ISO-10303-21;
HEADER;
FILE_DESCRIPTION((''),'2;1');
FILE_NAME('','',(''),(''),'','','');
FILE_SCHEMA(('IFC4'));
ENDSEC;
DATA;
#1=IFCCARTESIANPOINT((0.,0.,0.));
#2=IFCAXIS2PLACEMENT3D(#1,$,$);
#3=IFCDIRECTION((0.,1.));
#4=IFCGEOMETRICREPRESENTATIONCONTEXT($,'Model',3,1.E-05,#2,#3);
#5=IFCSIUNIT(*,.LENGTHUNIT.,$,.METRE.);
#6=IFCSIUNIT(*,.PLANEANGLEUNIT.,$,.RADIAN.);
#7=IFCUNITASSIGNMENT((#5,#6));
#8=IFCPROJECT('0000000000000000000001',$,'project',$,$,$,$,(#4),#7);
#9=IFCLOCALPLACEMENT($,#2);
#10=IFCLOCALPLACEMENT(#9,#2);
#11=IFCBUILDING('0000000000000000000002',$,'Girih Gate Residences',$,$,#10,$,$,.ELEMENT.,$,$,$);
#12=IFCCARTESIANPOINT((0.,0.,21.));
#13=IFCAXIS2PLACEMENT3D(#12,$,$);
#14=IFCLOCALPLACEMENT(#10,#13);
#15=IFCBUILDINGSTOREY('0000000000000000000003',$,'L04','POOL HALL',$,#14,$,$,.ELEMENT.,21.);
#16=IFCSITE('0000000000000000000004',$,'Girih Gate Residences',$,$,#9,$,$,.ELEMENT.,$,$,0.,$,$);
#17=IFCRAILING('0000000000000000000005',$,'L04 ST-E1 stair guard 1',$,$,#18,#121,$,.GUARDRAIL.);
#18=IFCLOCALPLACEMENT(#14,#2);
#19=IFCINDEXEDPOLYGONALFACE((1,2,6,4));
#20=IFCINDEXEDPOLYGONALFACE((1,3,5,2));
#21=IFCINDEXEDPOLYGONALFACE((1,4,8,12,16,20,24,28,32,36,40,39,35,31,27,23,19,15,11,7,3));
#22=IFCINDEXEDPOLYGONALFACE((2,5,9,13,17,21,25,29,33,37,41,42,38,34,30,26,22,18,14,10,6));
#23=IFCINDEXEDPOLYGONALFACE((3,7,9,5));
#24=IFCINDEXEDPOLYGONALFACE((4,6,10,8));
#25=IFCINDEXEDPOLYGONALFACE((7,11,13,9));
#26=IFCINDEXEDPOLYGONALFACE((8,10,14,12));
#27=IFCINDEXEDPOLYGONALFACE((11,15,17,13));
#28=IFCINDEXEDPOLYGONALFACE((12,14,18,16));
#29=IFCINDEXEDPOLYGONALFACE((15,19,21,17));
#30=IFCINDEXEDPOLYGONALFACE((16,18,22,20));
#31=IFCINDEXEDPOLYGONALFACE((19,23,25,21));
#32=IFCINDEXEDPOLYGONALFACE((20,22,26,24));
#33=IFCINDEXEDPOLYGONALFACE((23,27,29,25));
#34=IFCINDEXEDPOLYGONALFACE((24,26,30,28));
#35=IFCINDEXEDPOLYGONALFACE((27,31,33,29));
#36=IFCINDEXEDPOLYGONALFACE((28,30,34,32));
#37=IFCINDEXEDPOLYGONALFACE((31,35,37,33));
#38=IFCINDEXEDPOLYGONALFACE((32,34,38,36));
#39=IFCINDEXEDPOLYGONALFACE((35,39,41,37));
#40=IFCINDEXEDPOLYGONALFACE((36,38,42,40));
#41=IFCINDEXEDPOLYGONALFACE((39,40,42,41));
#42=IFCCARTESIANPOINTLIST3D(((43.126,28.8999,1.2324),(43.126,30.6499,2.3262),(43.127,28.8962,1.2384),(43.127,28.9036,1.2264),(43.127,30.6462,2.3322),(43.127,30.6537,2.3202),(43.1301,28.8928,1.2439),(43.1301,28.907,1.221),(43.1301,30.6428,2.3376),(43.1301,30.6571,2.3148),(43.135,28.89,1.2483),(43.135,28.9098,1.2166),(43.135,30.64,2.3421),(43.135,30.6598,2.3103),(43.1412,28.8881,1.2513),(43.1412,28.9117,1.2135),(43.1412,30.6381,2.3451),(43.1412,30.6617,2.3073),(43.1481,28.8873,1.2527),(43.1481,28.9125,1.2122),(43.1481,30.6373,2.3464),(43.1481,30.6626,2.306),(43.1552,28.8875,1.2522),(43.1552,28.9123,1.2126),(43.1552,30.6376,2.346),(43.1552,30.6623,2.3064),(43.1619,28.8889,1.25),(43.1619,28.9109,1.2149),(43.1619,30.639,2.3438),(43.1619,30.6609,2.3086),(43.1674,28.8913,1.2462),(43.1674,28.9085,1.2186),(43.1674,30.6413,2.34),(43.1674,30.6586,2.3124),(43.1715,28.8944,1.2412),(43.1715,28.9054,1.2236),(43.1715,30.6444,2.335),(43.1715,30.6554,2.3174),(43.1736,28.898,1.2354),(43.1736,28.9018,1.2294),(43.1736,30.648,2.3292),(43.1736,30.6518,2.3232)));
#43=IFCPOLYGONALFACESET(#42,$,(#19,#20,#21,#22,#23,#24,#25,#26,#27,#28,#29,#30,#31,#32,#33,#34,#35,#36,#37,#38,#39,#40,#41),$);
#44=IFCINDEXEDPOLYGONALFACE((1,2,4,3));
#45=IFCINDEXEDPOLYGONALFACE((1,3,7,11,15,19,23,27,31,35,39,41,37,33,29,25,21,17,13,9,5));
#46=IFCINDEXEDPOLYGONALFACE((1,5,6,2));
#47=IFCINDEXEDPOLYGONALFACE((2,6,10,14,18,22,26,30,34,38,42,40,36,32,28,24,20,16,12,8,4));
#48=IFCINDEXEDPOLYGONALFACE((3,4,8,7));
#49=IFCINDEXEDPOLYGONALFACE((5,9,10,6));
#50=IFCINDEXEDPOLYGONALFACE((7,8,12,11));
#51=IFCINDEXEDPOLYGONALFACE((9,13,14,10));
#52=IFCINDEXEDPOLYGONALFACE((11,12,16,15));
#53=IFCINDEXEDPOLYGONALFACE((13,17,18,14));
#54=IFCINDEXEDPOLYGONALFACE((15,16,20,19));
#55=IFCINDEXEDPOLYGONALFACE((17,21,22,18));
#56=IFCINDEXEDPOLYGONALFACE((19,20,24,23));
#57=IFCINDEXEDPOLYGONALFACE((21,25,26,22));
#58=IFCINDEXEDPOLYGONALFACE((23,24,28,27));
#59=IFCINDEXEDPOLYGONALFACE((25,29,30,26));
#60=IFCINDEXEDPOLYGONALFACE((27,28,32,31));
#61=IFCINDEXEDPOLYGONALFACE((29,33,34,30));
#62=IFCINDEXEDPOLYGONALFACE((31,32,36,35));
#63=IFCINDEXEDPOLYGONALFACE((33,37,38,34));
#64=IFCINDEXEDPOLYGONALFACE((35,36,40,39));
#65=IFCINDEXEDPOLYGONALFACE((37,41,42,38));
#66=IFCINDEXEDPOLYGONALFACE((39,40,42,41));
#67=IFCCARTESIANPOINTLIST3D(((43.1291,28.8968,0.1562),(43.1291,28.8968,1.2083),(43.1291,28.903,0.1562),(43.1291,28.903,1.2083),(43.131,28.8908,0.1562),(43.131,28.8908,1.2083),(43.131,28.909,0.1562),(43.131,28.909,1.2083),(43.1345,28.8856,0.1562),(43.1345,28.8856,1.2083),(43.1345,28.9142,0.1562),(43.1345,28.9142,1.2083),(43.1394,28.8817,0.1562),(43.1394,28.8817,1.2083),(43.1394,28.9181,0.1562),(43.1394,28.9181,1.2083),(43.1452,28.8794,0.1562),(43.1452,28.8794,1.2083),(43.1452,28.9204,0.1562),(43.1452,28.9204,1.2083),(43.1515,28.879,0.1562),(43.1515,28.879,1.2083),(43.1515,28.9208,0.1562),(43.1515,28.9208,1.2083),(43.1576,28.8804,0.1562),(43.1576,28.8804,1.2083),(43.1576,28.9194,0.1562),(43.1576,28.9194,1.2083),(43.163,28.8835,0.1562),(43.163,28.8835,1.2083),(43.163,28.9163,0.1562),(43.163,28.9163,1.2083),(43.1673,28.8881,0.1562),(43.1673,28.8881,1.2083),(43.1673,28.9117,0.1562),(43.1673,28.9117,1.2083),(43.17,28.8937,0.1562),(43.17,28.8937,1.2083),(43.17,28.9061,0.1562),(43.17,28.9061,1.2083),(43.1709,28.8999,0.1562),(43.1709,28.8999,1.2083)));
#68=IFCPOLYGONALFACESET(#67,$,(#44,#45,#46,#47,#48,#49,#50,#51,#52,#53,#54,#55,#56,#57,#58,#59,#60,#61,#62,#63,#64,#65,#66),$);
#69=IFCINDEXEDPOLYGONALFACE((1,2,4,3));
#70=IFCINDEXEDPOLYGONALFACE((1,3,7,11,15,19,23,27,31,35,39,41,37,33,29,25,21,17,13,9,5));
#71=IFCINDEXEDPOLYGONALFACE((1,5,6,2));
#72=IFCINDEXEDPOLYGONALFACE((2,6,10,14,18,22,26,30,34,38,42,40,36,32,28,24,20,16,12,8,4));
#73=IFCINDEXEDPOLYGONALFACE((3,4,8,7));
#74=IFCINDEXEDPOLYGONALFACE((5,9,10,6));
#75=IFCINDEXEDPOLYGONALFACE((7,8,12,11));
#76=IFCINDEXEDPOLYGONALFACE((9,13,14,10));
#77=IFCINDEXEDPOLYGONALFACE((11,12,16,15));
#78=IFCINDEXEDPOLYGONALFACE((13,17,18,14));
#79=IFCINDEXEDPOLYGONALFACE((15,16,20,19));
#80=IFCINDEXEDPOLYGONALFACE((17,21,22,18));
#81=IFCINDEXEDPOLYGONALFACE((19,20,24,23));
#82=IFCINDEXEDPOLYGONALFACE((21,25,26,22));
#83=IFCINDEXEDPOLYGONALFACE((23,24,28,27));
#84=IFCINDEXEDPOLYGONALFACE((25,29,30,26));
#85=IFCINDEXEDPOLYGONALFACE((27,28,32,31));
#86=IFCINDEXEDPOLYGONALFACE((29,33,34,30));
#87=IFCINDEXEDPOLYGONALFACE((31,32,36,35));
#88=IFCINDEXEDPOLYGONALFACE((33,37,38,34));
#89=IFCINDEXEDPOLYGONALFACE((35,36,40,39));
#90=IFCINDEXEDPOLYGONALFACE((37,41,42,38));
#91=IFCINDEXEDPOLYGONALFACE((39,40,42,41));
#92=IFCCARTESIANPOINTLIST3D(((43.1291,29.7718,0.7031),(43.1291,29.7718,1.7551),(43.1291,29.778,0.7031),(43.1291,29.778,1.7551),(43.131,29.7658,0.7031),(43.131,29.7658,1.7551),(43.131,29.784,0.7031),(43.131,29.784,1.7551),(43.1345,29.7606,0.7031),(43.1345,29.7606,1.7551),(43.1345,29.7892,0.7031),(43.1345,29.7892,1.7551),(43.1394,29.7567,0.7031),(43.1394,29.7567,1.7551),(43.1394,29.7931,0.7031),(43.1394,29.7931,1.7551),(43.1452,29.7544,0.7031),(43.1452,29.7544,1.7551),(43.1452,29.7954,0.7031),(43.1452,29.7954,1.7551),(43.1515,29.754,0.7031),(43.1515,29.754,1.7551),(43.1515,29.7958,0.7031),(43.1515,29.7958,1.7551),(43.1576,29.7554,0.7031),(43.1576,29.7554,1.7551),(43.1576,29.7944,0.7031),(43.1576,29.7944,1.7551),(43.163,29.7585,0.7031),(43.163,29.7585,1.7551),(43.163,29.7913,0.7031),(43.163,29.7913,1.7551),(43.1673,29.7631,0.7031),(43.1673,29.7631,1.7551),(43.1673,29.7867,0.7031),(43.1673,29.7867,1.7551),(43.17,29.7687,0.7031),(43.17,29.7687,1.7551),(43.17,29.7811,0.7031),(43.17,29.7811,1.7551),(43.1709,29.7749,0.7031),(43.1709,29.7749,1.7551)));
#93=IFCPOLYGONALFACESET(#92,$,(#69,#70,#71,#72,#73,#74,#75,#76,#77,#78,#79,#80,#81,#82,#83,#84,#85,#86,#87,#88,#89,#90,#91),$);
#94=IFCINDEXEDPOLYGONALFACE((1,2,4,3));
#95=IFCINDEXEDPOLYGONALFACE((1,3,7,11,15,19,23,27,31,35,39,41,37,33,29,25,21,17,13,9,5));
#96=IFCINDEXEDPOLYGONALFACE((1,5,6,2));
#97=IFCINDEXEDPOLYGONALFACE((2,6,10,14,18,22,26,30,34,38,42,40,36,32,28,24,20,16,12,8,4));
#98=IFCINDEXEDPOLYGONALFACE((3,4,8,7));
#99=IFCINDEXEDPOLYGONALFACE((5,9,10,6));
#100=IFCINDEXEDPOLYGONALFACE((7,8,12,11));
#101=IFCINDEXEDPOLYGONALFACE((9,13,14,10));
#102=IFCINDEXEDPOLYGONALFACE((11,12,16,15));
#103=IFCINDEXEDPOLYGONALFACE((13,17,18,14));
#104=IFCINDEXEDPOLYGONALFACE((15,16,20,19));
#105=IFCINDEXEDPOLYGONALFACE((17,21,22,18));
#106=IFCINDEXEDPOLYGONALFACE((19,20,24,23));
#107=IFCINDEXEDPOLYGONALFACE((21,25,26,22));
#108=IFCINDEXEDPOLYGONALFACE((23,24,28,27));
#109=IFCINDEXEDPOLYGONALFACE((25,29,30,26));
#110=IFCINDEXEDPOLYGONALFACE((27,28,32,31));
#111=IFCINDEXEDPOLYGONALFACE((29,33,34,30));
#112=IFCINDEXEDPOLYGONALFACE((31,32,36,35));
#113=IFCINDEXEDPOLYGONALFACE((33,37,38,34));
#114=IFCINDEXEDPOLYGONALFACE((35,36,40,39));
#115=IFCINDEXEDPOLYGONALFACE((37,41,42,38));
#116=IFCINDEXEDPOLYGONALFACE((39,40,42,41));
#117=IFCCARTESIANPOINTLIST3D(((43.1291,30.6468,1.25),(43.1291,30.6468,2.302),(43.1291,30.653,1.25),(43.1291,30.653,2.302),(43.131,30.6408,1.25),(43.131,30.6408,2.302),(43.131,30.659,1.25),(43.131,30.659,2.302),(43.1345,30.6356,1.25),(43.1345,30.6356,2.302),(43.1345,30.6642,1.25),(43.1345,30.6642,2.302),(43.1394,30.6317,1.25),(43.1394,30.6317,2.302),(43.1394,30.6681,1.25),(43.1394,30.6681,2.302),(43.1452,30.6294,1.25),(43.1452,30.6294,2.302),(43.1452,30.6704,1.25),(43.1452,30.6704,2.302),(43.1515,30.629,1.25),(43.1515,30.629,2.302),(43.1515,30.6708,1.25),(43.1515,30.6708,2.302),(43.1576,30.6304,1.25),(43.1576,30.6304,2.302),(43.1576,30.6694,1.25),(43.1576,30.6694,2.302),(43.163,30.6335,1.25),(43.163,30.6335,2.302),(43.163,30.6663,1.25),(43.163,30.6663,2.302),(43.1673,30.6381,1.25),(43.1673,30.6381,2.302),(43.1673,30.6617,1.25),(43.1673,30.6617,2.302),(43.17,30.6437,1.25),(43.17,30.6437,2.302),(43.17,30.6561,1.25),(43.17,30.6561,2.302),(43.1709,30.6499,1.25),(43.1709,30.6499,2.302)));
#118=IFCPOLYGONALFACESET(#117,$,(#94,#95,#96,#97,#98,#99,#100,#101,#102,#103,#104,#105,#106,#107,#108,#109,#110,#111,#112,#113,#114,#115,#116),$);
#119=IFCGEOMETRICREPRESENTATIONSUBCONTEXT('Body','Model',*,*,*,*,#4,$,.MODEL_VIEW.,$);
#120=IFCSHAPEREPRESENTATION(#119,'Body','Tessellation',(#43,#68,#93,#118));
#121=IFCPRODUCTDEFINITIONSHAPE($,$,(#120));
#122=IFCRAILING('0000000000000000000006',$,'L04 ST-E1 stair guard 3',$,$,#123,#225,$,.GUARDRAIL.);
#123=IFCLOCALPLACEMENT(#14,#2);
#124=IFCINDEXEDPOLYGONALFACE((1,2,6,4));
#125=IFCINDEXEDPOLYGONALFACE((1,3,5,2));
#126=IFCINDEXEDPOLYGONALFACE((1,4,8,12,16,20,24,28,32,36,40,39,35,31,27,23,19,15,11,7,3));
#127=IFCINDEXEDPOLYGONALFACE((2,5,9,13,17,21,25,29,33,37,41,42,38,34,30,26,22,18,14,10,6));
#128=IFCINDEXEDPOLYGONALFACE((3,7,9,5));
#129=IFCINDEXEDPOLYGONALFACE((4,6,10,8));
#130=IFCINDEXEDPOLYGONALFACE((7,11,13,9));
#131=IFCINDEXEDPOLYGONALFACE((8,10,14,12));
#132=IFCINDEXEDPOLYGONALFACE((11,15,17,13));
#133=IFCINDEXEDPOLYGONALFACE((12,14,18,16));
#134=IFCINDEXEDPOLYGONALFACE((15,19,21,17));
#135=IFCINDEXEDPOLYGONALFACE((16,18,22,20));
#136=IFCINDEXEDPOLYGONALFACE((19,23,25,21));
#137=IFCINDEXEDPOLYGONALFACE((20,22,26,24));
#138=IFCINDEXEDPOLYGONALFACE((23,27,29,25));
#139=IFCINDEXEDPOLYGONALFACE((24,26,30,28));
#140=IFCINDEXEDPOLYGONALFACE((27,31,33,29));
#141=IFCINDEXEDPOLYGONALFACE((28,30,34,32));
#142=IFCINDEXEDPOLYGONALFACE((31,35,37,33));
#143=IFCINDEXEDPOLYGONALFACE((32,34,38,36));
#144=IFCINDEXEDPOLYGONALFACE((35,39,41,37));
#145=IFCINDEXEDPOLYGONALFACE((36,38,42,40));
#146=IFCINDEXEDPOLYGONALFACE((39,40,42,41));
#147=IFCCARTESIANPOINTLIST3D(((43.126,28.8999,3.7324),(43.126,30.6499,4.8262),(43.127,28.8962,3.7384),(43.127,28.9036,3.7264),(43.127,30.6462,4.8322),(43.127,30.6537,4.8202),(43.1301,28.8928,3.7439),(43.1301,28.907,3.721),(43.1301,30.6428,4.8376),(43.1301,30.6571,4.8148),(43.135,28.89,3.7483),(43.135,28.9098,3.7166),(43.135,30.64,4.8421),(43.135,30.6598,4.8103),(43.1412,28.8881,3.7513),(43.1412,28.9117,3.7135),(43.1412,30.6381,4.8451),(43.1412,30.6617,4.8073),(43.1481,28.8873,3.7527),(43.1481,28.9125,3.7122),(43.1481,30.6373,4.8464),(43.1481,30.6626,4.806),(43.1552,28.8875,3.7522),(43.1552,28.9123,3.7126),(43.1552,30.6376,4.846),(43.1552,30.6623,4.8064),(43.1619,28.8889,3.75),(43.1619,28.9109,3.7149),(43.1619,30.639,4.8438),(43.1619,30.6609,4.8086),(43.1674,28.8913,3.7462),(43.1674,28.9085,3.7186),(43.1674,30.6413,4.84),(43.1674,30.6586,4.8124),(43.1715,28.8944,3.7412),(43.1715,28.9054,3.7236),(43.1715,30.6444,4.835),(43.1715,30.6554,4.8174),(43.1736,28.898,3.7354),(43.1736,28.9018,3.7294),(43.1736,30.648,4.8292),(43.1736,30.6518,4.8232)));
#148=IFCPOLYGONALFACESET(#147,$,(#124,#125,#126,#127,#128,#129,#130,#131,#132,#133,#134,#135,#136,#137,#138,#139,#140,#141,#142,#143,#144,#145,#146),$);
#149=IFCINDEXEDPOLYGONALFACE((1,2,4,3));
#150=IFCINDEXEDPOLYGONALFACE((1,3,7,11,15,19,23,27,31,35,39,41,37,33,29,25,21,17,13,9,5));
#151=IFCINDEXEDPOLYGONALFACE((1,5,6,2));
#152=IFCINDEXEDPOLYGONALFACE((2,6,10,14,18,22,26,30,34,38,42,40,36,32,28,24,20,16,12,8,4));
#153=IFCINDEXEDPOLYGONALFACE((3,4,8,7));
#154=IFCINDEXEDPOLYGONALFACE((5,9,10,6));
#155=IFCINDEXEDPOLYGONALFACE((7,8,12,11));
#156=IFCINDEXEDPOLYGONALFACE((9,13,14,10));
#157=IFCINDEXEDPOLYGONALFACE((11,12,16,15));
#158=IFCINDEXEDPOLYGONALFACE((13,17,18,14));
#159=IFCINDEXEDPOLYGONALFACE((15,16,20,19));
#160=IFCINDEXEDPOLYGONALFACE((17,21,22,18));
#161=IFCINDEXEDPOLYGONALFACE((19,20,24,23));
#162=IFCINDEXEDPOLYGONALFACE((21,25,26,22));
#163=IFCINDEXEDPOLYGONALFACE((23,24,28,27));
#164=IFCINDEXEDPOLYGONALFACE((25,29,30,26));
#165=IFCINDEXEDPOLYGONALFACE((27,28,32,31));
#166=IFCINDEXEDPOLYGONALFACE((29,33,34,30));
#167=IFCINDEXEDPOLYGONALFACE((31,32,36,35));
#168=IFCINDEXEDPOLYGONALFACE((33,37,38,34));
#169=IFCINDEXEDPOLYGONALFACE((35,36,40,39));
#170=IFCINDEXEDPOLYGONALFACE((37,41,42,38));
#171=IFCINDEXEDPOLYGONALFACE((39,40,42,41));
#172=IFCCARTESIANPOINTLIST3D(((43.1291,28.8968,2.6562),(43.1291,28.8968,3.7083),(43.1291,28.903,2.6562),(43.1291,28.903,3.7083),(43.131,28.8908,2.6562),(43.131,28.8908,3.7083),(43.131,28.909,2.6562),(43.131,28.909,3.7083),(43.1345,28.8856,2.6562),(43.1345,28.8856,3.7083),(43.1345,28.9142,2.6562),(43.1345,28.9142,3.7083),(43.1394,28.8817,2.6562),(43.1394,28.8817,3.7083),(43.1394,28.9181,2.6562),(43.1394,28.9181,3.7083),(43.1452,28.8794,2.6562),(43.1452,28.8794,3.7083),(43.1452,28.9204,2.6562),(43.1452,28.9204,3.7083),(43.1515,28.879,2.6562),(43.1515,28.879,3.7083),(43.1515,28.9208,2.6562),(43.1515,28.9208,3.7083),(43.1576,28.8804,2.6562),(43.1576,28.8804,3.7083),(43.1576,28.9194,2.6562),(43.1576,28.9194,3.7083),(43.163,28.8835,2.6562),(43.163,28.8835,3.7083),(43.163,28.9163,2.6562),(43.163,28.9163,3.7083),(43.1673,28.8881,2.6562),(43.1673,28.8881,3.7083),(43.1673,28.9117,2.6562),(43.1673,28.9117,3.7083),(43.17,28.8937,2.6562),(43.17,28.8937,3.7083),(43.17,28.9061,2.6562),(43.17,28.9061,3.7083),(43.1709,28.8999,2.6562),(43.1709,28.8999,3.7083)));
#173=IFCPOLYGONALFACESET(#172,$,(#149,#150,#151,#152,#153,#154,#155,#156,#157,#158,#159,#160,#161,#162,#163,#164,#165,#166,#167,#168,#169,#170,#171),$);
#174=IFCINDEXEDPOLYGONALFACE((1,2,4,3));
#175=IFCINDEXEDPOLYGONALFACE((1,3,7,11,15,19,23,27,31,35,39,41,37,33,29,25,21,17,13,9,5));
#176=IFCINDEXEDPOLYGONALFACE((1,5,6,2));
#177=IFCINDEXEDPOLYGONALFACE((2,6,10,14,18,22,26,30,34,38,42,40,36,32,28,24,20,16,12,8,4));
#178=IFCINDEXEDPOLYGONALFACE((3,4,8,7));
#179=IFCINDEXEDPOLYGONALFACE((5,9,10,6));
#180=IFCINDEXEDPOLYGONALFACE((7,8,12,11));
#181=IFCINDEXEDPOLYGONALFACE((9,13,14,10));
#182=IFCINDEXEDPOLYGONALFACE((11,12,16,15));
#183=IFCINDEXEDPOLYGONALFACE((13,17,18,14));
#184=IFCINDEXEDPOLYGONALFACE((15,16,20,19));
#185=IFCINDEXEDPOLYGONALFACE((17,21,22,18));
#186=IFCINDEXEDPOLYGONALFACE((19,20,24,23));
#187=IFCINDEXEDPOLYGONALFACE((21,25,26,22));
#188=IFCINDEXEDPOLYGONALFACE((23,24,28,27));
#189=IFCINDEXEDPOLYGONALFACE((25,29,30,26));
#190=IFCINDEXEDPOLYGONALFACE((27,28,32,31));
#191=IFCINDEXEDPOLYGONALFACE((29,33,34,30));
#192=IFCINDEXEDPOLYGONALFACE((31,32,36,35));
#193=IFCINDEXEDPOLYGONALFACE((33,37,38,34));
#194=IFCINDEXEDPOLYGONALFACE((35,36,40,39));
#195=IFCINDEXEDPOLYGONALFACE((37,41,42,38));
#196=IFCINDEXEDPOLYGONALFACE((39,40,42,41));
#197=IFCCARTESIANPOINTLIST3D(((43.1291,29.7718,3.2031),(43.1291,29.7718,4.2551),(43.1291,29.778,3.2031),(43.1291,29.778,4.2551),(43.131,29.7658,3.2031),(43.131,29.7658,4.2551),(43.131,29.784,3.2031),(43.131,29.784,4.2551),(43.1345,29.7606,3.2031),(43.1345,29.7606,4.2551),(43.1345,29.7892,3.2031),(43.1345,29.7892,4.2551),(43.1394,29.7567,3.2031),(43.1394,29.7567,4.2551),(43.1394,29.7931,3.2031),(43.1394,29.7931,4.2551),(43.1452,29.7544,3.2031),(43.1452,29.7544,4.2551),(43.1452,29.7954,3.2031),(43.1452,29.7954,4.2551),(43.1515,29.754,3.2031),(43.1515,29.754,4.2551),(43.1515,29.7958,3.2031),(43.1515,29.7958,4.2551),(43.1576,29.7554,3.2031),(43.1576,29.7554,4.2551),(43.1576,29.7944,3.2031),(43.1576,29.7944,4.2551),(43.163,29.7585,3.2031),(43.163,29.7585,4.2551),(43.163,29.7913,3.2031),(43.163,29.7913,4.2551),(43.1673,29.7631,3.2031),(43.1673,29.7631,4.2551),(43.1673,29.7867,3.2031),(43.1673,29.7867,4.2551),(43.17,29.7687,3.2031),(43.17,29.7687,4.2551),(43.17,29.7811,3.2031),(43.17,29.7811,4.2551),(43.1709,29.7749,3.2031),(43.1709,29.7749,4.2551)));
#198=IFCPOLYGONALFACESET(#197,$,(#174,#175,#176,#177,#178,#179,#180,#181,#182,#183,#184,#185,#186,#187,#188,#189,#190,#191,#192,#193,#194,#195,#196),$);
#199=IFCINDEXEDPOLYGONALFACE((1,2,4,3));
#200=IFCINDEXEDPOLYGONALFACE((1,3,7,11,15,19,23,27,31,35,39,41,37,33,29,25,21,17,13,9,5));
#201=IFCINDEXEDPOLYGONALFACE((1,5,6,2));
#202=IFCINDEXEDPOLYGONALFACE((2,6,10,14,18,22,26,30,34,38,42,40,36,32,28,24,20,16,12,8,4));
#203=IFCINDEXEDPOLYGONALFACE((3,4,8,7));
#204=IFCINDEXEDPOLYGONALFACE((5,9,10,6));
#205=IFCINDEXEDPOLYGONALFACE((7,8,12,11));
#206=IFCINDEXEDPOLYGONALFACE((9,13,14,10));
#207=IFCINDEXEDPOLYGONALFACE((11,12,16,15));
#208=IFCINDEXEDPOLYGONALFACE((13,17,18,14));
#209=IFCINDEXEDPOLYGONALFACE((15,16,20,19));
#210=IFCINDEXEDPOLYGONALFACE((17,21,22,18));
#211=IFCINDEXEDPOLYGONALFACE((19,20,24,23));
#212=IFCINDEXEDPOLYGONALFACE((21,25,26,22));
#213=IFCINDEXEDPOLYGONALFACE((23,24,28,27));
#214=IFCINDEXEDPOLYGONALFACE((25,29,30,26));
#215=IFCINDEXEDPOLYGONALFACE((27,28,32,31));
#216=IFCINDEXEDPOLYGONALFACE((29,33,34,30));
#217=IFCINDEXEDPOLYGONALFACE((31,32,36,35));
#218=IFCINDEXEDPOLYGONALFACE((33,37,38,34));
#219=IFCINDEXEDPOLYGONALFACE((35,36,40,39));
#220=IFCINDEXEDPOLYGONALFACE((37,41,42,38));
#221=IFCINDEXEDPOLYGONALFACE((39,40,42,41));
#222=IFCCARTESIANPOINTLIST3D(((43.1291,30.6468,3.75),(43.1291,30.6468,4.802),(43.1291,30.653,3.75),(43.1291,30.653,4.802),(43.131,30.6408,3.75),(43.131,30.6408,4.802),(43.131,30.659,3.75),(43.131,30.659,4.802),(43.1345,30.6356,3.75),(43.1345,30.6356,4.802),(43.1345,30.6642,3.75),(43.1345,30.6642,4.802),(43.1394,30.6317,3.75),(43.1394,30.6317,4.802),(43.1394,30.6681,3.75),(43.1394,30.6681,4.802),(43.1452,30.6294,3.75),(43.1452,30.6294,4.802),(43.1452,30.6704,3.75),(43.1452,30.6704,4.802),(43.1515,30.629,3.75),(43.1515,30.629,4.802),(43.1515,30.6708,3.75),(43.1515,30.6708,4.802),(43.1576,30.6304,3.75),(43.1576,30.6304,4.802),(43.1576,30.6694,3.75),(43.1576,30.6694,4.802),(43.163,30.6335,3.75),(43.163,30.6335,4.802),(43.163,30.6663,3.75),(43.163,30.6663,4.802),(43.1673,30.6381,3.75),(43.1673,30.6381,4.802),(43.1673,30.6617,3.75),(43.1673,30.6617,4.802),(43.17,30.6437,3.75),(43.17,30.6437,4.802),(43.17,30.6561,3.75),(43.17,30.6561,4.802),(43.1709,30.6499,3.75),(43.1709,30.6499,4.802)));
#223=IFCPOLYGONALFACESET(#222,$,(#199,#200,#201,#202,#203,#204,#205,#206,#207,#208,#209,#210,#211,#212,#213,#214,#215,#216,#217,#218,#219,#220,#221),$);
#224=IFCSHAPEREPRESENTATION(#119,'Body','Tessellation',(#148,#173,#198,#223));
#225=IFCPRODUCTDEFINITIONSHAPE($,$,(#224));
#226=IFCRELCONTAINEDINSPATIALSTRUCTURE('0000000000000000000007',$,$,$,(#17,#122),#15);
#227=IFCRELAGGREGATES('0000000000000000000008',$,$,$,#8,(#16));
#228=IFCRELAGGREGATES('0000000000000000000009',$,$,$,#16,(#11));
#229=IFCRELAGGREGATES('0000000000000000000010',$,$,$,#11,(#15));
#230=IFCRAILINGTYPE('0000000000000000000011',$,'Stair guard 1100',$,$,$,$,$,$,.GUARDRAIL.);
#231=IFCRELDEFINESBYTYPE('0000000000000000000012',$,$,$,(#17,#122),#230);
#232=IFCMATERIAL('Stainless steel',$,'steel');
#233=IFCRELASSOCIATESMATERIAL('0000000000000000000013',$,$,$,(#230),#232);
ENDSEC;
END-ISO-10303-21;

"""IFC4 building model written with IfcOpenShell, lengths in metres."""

from ifc_helpers import new_model, si_unit, direction, frame, origin, origin_2d, place, context, subcontext, project, spatial, circle, extrude, material, type_object, element, save


model = new_model("IFC4")

# Units and contexts
model_context = context("Model", 3, precision=1e-05, world=origin(), true_north=direction((0.0, 1.0)))
body_context = subcontext(model_context, "Body", "Model", "MODEL_VIEW")
ifc_project = project(units=[si_unit("LENGTHUNIT", "METRE"), si_unit("PLANEANGLEUNIT", "RADIAN")], contexts=[model_context])

# Site, building, storey
site_placement = place(None, origin())
site = spatial("IfcSite", under=ifc_project, at=site_placement, Name="Girih Gate Residences", CompositionType="ELEMENT", RefElevation=0.0)
building_placement = place(site_placement, origin())
building = spatial("IfcBuilding", under=site, at=building_placement, Name="Girih Gate Residences", CompositionType="ELEMENT")
storey_placement = place(building_placement, frame((0.0, 0.0, 21.0)))
storey = spatial("IfcBuildingStorey", under=building, at=storey_placement, Name="L04", Description="POOL HALL", CompositionType="ELEMENT", Elevation=21.0)

# Railings
ifc_material_1 = material(Name="Stainless steel", Category="steel")
railing_type_1 = type_object("IfcRailingType", Name="Stair guard 1100", PredefinedType="GUARDRAIL", material=ifc_material_1)
for number, where, name in (
    (1, (43.1499, 28.8999, 0.1562), "L04 ST-E1 stair guard 1"),
    (2, (43.1499, 28.8999, 2.6562), "L04 ST-E1 stair guard 3"),
):
    element("IfcRailing", number, at=place(storey_placement, frame(where)), inside=storey, type_object=railing_type_1, Name=name, PredefinedType="GUARDRAIL", context=body_context, shape_type="SweptSolid", body=[
        extrude(circle(Radius=0.0239, at=origin_2d()), frame((0.0, 0.0, 1.0762), z_axis=(0.0, 0.847998, 0.529999), x_axis=(-1.0, 0.0, 0.0)), (0.0, 0.0, 1.0), 2.0637),
        extrude(circle(Radius=0.021, at=origin_2d()), origin(), (0.0, 0.0, 1.0), 1.052),
        extrude(circle(Radius=0.021, at=origin_2d()), frame((0.0, 0.875, 0.5469)), (0.0, 0.0, 1.0), 1.052),
        extrude(circle(Radius=0.021, at=origin_2d()), frame((0.0, 1.75, 1.0938)), (0.0, 0.0, 1.0), 1.052),
    ])

save(model, "model.ifc")
